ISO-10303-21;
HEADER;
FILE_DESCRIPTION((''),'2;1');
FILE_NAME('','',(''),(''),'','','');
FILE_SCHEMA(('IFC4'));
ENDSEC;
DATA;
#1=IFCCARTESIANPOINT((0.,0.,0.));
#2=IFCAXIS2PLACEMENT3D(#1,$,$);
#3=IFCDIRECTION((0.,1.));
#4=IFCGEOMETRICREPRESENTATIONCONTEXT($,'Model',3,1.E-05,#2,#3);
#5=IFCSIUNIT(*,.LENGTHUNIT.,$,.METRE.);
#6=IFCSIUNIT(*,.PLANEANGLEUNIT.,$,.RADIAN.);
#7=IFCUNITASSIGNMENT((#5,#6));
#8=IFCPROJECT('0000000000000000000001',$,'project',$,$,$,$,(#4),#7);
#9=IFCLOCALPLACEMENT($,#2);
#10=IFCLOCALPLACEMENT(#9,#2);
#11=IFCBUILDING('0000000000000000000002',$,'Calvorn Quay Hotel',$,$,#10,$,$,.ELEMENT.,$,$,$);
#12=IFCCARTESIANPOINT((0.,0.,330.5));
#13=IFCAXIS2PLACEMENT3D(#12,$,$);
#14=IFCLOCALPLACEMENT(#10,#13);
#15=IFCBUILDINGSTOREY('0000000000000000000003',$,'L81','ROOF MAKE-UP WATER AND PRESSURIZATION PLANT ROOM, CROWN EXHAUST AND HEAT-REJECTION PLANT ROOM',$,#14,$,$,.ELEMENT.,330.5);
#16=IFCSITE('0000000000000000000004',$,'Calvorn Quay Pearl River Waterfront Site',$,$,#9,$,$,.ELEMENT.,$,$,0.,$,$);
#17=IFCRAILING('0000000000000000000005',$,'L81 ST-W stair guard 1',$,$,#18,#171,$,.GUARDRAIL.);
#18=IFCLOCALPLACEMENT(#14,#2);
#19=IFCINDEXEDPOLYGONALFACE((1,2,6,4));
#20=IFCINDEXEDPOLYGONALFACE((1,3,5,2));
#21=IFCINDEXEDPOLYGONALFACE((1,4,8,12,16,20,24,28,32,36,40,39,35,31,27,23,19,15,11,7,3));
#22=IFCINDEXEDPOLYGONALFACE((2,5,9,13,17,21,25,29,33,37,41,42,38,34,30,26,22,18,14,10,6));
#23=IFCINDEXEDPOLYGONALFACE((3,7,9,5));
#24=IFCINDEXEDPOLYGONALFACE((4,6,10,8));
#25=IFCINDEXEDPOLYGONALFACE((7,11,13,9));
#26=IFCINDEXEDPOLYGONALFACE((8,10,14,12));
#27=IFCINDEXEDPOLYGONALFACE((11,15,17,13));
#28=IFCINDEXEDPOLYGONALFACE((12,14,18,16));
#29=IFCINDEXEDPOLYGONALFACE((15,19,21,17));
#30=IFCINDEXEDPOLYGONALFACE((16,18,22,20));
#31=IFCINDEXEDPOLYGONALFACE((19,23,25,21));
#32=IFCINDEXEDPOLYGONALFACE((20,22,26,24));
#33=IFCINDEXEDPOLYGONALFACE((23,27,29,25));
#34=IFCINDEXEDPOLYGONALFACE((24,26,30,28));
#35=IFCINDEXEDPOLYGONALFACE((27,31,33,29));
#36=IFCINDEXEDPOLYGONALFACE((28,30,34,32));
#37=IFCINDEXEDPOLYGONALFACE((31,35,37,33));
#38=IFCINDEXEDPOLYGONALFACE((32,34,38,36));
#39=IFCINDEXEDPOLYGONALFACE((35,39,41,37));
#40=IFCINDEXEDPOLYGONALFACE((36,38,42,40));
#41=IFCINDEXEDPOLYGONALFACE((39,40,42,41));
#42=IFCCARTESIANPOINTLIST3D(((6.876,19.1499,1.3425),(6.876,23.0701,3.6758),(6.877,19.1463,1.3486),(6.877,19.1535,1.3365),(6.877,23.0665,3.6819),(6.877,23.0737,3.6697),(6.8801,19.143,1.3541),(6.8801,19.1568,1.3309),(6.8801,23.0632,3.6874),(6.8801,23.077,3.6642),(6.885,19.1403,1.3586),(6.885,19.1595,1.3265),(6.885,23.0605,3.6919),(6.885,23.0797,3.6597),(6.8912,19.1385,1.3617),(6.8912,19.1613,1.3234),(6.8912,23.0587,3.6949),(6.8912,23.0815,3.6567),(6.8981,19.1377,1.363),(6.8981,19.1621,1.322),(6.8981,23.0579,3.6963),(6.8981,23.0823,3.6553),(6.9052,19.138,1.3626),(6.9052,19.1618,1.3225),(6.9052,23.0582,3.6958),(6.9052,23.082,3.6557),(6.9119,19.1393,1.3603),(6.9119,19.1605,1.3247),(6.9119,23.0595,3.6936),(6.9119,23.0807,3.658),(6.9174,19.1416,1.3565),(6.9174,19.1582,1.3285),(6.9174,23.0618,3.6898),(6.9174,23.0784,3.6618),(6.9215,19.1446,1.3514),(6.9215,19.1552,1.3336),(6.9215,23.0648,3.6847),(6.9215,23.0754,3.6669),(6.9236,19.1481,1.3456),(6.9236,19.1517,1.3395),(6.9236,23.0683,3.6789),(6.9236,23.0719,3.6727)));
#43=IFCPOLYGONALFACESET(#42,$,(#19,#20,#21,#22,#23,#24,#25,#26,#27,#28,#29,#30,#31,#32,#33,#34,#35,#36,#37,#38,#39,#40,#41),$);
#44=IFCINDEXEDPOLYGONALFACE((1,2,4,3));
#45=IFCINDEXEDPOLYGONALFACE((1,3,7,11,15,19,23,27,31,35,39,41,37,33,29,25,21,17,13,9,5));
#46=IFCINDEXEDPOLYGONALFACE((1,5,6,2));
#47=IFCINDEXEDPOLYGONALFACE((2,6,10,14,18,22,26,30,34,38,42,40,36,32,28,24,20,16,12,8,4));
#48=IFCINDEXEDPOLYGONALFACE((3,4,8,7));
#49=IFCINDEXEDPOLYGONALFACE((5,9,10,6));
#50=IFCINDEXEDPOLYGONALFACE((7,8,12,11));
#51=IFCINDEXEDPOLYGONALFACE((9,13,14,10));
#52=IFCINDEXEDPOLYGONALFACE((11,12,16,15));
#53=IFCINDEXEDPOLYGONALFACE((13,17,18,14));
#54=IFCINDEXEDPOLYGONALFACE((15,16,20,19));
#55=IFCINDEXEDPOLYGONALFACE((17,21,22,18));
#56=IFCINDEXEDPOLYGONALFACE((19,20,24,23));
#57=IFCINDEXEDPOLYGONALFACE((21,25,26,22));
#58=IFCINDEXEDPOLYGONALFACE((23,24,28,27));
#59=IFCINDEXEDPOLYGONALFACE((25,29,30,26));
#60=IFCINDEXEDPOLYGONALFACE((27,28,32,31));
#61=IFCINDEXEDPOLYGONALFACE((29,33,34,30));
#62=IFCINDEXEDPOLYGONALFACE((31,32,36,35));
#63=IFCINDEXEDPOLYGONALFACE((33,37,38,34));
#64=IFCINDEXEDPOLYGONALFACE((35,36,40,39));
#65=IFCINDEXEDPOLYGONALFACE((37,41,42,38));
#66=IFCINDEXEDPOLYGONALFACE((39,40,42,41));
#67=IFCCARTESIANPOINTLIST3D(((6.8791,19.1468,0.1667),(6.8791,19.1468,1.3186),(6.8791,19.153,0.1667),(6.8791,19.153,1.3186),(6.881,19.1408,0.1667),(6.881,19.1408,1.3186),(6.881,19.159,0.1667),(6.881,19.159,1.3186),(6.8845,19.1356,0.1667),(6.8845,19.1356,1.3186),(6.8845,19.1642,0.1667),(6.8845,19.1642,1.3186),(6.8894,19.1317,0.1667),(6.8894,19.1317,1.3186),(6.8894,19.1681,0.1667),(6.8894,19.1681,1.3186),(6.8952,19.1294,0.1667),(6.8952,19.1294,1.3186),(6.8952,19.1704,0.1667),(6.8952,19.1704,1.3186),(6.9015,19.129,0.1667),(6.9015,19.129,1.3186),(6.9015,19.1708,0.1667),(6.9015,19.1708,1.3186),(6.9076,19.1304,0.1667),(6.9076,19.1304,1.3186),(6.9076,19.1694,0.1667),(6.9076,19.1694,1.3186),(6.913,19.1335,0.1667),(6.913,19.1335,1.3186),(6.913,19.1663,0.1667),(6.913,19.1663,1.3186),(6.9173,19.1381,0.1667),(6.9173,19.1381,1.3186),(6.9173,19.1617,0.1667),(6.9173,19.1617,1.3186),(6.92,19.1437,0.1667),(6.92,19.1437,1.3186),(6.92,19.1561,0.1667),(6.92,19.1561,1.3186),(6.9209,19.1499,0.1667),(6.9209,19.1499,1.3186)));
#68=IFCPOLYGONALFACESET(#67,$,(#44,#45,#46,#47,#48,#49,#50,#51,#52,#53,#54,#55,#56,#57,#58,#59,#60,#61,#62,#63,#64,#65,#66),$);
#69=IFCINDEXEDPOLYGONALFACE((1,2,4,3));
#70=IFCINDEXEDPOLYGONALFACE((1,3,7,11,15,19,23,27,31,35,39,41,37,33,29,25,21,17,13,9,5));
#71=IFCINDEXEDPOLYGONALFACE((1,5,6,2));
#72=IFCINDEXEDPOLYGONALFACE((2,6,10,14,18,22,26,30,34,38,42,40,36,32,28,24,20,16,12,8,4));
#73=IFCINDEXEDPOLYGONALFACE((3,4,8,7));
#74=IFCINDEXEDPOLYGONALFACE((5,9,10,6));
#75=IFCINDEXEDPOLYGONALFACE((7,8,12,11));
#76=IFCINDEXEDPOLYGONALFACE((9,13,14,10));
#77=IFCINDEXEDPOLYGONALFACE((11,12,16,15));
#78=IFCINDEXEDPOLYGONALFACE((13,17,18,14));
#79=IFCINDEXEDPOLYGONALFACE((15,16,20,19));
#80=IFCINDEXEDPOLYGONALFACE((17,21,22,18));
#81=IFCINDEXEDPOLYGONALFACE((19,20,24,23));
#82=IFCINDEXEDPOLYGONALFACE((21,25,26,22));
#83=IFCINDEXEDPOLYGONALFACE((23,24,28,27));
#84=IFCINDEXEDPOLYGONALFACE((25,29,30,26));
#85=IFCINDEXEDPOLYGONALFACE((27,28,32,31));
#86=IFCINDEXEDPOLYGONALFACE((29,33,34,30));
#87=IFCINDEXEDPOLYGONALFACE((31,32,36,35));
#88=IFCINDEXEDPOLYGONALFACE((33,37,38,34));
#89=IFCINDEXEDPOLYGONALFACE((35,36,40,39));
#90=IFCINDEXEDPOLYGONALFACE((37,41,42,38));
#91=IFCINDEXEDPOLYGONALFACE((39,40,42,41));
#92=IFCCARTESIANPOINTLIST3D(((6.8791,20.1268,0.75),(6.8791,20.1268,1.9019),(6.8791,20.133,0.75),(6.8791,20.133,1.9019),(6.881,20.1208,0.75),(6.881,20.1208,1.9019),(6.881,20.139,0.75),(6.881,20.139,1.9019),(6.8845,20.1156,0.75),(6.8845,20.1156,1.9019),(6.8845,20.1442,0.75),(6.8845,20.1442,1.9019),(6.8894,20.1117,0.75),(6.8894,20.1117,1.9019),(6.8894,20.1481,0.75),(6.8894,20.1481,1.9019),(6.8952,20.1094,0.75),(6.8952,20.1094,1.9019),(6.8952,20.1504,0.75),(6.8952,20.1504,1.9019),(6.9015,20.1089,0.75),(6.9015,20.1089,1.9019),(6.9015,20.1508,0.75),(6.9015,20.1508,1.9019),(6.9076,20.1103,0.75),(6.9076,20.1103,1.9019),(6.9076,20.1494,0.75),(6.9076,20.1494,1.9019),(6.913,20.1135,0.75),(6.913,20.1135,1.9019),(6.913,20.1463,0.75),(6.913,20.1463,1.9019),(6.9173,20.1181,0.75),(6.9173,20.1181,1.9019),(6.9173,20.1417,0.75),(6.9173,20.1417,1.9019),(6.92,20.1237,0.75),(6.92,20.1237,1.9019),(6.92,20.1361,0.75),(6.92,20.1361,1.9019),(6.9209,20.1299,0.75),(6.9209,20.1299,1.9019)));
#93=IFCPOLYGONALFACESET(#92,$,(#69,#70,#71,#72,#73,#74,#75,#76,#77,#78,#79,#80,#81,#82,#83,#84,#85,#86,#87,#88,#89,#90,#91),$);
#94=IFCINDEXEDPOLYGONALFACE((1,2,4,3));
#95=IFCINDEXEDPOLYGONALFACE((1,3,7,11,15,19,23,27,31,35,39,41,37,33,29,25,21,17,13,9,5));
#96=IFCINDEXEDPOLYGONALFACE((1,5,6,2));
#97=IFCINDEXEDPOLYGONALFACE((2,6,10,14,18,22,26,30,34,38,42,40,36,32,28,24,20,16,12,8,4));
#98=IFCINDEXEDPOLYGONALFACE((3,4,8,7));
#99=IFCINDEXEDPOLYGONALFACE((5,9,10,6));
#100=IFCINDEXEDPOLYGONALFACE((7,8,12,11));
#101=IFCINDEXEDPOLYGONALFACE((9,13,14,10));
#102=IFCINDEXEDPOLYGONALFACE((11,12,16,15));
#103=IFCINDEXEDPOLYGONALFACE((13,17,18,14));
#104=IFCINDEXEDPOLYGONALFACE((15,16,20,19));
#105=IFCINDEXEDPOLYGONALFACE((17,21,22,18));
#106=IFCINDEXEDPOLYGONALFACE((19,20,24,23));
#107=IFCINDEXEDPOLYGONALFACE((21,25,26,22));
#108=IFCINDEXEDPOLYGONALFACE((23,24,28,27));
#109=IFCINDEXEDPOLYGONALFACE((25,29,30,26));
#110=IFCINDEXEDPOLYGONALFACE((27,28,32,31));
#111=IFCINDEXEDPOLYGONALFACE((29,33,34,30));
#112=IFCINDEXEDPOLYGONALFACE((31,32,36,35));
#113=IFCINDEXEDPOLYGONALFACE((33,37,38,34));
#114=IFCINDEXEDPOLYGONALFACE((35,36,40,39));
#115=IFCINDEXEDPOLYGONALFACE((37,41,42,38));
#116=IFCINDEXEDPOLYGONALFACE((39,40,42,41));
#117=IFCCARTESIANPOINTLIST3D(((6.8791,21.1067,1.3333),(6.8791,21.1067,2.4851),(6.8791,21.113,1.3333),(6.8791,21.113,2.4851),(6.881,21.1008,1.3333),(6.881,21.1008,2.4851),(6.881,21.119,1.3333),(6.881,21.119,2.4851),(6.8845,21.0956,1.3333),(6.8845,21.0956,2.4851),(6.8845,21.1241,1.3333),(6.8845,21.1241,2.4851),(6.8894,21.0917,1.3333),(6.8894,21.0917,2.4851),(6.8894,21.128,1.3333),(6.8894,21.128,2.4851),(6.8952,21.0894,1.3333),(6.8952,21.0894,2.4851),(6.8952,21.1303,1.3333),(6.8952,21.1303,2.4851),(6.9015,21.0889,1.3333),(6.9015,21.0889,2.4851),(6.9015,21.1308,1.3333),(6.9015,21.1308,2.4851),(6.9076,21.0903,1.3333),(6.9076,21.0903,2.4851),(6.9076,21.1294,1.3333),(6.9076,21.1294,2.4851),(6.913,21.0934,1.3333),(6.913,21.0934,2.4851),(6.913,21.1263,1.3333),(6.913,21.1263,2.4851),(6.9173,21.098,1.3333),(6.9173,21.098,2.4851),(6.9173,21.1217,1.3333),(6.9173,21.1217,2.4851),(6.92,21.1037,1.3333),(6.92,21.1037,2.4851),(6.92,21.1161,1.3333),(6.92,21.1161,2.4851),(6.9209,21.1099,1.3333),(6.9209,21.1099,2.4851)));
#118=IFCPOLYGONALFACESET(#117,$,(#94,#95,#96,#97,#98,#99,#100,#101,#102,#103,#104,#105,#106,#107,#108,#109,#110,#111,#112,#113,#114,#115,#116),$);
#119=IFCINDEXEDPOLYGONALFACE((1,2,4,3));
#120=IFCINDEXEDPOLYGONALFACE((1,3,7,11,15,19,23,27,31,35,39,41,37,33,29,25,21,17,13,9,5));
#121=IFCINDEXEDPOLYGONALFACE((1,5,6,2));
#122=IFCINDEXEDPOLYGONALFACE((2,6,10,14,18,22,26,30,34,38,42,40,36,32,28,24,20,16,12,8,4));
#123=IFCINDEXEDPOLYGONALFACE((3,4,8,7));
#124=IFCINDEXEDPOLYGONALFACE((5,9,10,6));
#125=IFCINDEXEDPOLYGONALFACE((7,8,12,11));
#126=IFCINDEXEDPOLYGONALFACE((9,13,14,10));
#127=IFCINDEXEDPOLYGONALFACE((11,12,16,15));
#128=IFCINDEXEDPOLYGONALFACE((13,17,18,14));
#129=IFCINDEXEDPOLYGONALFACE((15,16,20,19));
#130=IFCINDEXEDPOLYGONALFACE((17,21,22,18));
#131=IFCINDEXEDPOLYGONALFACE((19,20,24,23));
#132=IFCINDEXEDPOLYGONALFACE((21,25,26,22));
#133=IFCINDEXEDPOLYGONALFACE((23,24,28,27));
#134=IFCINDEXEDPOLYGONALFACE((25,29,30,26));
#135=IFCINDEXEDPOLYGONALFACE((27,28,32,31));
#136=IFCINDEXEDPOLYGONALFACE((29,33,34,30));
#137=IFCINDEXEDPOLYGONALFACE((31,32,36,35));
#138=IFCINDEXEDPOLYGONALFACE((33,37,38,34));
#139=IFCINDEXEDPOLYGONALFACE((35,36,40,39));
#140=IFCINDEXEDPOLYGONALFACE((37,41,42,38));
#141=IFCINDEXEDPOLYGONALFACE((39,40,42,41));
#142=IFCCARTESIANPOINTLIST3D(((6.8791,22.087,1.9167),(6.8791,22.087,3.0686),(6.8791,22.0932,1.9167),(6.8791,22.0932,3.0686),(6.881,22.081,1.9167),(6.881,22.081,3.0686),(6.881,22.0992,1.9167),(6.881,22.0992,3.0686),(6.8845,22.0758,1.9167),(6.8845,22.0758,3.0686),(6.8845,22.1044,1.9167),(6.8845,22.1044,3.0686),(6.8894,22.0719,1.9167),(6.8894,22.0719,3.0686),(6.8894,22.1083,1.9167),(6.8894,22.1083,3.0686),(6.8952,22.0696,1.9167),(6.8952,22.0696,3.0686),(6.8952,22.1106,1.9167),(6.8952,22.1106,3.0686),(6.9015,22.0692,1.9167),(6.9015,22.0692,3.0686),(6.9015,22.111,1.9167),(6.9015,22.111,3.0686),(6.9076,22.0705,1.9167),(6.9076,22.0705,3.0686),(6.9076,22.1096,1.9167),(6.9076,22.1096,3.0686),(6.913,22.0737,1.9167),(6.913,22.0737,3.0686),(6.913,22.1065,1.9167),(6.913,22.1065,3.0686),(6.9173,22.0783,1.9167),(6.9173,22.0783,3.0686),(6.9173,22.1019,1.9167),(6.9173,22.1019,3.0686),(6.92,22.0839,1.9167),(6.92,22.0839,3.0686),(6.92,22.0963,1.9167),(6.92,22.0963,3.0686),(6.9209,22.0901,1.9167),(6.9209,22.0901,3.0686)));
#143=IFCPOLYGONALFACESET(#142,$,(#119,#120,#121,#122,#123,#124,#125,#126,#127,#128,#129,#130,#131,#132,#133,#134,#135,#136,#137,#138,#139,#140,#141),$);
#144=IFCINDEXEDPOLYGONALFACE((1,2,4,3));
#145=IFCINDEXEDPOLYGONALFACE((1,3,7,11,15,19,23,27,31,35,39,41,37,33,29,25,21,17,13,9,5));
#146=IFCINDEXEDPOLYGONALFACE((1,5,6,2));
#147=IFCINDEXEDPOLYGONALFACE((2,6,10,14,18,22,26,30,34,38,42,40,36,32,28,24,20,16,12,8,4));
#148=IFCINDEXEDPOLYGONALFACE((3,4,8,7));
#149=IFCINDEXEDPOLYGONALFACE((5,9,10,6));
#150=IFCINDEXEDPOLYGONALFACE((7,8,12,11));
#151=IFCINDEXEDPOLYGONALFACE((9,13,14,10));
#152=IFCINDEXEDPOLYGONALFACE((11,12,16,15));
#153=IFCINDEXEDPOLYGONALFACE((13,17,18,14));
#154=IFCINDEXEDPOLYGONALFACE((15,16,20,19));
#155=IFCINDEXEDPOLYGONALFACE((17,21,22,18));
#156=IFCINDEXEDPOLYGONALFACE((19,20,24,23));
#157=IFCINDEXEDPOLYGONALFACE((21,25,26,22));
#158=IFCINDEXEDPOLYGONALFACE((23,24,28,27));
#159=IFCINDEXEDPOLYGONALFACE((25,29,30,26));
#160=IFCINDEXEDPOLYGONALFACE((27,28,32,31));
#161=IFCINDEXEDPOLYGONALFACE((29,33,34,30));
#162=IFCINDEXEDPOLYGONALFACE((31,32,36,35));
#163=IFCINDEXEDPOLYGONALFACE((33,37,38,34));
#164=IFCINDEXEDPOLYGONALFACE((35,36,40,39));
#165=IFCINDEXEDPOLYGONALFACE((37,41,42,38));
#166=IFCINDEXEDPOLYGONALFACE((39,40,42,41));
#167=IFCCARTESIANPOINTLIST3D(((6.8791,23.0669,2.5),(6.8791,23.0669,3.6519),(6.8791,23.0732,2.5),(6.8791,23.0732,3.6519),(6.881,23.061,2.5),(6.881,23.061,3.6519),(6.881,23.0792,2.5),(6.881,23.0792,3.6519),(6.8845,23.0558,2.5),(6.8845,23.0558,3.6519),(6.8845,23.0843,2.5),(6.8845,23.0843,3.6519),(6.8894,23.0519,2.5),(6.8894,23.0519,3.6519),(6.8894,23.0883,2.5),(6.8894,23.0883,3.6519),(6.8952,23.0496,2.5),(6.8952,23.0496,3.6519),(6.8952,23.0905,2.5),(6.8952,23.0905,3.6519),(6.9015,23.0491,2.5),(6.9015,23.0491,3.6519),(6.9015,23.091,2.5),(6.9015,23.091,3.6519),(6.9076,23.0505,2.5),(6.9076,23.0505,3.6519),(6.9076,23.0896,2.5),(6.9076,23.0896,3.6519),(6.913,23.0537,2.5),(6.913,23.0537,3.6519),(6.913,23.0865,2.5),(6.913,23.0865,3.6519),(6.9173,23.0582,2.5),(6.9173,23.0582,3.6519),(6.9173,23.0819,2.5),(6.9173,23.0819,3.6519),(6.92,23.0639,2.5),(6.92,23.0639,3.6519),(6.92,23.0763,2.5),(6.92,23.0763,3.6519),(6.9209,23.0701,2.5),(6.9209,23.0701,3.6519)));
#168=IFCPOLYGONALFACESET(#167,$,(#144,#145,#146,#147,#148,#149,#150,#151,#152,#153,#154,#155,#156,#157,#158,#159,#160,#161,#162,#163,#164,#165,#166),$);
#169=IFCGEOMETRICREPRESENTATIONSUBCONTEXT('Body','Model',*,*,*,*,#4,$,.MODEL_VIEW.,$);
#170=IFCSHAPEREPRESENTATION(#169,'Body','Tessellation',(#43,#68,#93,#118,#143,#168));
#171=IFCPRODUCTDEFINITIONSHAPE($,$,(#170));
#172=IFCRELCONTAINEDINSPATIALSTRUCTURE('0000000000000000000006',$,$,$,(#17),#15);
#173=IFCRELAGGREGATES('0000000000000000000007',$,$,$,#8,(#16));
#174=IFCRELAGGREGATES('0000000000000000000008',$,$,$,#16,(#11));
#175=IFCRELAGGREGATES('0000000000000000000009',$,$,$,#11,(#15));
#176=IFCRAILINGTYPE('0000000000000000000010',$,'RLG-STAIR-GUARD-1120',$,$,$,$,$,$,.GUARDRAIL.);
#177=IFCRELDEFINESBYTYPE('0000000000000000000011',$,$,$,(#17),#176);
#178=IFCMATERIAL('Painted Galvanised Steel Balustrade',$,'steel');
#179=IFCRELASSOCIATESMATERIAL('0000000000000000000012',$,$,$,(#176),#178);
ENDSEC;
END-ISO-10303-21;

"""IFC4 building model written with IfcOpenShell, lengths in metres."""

from ifc_helpers import new_model, si_unit, direction, frame, origin, origin_2d, place, context, subcontext, project, spatial, circle, extrude, material, type_object, element, save


model = new_model("IFC4")

# Units and contexts
model_context = context("Model", 3, precision=1e-05, world=origin(), true_north=direction((0.0, 1.0)))
body_context = subcontext(model_context, "Body", "Model", "MODEL_VIEW")
ifc_project = project(units=[si_unit("LENGTHUNIT", "METRE"), si_unit("PLANEANGLEUNIT", "RADIAN")], contexts=[model_context])

# Site, building, storey
site_placement = place(None, origin())
site = spatial("IfcSite", under=ifc_project, at=site_placement, Name="Calvorn Quay Pearl River Waterfront Site", CompositionType="ELEMENT", RefElevation=0.0)
building_placement = place(site_placement, origin())
building = spatial("IfcBuilding", under=site, at=building_placement, Name="Calvorn Quay Hotel", CompositionType="ELEMENT")
storey_placement = place(building_placement, frame((0.0, 0.0, 330.5)))
storey = spatial("IfcBuildingStorey", under=building, at=storey_placement, Name="L81", Description="ROOF MAKE-UP WATER AND PRESSURIZATION PLANT ROOM, CROWN EXHAUST AND HEAT-REJECTION PLANT ROOM", CompositionType="ELEMENT", Elevation=330.5)

# Railing
ifc_material_1 = material(Name="Painted Galvanised Steel Balustrade", Category="steel")
railing_type_1 = type_object("IfcRailingType", Name="RLG-STAIR-GUARD-1120", PredefinedType="GUARDRAIL", material=ifc_material_1)
railing_1_placement = place(storey_placement, frame((6.8999, 19.1499, 0.1667)))
element("IfcRailing", 1, at=railing_1_placement, inside=storey, type_object=railing_type_1, Name="L81 ST-W stair guard 1", PredefinedType="GUARDRAIL", context=body_context, shape_type="SweptSolid", body=[
    extrude(circle(Radius=0.0239, at=origin_2d()), frame((0.0, 0.0, 1.1758), z_axis=(0.0, 0.85931, 0.511455), x_axis=(-1.0, 0.0, 0.0)), (0.0, 0.0, 1.0), 4.562),
    extrude(circle(Radius=0.021, at=origin_2d()), origin(), (0.0, 0.0, 1.0), 1.1519),
    extrude(circle(Radius=0.021, at=origin_2d()), frame((0.0, 0.98, 0.5833)), (0.0, 0.0, 1.0), 1.1519),
    extrude(circle(Radius=0.021, at=origin_2d()), frame((0.0, 1.96, 1.1665)), (0.0, 0.0, 1.0), 1.1519),
    extrude(circle(Radius=0.021, at=origin_2d()), frame((0.0, 2.9402, 1.75)), (0.0, 0.0, 1.0), 1.1519),
    extrude(circle(Radius=0.021, at=origin_2d()), frame((0.0, 3.9202, 2.3333)), (0.0, 0.0, 1.0), 1.1519),
])

save(model, "model.ifc")
